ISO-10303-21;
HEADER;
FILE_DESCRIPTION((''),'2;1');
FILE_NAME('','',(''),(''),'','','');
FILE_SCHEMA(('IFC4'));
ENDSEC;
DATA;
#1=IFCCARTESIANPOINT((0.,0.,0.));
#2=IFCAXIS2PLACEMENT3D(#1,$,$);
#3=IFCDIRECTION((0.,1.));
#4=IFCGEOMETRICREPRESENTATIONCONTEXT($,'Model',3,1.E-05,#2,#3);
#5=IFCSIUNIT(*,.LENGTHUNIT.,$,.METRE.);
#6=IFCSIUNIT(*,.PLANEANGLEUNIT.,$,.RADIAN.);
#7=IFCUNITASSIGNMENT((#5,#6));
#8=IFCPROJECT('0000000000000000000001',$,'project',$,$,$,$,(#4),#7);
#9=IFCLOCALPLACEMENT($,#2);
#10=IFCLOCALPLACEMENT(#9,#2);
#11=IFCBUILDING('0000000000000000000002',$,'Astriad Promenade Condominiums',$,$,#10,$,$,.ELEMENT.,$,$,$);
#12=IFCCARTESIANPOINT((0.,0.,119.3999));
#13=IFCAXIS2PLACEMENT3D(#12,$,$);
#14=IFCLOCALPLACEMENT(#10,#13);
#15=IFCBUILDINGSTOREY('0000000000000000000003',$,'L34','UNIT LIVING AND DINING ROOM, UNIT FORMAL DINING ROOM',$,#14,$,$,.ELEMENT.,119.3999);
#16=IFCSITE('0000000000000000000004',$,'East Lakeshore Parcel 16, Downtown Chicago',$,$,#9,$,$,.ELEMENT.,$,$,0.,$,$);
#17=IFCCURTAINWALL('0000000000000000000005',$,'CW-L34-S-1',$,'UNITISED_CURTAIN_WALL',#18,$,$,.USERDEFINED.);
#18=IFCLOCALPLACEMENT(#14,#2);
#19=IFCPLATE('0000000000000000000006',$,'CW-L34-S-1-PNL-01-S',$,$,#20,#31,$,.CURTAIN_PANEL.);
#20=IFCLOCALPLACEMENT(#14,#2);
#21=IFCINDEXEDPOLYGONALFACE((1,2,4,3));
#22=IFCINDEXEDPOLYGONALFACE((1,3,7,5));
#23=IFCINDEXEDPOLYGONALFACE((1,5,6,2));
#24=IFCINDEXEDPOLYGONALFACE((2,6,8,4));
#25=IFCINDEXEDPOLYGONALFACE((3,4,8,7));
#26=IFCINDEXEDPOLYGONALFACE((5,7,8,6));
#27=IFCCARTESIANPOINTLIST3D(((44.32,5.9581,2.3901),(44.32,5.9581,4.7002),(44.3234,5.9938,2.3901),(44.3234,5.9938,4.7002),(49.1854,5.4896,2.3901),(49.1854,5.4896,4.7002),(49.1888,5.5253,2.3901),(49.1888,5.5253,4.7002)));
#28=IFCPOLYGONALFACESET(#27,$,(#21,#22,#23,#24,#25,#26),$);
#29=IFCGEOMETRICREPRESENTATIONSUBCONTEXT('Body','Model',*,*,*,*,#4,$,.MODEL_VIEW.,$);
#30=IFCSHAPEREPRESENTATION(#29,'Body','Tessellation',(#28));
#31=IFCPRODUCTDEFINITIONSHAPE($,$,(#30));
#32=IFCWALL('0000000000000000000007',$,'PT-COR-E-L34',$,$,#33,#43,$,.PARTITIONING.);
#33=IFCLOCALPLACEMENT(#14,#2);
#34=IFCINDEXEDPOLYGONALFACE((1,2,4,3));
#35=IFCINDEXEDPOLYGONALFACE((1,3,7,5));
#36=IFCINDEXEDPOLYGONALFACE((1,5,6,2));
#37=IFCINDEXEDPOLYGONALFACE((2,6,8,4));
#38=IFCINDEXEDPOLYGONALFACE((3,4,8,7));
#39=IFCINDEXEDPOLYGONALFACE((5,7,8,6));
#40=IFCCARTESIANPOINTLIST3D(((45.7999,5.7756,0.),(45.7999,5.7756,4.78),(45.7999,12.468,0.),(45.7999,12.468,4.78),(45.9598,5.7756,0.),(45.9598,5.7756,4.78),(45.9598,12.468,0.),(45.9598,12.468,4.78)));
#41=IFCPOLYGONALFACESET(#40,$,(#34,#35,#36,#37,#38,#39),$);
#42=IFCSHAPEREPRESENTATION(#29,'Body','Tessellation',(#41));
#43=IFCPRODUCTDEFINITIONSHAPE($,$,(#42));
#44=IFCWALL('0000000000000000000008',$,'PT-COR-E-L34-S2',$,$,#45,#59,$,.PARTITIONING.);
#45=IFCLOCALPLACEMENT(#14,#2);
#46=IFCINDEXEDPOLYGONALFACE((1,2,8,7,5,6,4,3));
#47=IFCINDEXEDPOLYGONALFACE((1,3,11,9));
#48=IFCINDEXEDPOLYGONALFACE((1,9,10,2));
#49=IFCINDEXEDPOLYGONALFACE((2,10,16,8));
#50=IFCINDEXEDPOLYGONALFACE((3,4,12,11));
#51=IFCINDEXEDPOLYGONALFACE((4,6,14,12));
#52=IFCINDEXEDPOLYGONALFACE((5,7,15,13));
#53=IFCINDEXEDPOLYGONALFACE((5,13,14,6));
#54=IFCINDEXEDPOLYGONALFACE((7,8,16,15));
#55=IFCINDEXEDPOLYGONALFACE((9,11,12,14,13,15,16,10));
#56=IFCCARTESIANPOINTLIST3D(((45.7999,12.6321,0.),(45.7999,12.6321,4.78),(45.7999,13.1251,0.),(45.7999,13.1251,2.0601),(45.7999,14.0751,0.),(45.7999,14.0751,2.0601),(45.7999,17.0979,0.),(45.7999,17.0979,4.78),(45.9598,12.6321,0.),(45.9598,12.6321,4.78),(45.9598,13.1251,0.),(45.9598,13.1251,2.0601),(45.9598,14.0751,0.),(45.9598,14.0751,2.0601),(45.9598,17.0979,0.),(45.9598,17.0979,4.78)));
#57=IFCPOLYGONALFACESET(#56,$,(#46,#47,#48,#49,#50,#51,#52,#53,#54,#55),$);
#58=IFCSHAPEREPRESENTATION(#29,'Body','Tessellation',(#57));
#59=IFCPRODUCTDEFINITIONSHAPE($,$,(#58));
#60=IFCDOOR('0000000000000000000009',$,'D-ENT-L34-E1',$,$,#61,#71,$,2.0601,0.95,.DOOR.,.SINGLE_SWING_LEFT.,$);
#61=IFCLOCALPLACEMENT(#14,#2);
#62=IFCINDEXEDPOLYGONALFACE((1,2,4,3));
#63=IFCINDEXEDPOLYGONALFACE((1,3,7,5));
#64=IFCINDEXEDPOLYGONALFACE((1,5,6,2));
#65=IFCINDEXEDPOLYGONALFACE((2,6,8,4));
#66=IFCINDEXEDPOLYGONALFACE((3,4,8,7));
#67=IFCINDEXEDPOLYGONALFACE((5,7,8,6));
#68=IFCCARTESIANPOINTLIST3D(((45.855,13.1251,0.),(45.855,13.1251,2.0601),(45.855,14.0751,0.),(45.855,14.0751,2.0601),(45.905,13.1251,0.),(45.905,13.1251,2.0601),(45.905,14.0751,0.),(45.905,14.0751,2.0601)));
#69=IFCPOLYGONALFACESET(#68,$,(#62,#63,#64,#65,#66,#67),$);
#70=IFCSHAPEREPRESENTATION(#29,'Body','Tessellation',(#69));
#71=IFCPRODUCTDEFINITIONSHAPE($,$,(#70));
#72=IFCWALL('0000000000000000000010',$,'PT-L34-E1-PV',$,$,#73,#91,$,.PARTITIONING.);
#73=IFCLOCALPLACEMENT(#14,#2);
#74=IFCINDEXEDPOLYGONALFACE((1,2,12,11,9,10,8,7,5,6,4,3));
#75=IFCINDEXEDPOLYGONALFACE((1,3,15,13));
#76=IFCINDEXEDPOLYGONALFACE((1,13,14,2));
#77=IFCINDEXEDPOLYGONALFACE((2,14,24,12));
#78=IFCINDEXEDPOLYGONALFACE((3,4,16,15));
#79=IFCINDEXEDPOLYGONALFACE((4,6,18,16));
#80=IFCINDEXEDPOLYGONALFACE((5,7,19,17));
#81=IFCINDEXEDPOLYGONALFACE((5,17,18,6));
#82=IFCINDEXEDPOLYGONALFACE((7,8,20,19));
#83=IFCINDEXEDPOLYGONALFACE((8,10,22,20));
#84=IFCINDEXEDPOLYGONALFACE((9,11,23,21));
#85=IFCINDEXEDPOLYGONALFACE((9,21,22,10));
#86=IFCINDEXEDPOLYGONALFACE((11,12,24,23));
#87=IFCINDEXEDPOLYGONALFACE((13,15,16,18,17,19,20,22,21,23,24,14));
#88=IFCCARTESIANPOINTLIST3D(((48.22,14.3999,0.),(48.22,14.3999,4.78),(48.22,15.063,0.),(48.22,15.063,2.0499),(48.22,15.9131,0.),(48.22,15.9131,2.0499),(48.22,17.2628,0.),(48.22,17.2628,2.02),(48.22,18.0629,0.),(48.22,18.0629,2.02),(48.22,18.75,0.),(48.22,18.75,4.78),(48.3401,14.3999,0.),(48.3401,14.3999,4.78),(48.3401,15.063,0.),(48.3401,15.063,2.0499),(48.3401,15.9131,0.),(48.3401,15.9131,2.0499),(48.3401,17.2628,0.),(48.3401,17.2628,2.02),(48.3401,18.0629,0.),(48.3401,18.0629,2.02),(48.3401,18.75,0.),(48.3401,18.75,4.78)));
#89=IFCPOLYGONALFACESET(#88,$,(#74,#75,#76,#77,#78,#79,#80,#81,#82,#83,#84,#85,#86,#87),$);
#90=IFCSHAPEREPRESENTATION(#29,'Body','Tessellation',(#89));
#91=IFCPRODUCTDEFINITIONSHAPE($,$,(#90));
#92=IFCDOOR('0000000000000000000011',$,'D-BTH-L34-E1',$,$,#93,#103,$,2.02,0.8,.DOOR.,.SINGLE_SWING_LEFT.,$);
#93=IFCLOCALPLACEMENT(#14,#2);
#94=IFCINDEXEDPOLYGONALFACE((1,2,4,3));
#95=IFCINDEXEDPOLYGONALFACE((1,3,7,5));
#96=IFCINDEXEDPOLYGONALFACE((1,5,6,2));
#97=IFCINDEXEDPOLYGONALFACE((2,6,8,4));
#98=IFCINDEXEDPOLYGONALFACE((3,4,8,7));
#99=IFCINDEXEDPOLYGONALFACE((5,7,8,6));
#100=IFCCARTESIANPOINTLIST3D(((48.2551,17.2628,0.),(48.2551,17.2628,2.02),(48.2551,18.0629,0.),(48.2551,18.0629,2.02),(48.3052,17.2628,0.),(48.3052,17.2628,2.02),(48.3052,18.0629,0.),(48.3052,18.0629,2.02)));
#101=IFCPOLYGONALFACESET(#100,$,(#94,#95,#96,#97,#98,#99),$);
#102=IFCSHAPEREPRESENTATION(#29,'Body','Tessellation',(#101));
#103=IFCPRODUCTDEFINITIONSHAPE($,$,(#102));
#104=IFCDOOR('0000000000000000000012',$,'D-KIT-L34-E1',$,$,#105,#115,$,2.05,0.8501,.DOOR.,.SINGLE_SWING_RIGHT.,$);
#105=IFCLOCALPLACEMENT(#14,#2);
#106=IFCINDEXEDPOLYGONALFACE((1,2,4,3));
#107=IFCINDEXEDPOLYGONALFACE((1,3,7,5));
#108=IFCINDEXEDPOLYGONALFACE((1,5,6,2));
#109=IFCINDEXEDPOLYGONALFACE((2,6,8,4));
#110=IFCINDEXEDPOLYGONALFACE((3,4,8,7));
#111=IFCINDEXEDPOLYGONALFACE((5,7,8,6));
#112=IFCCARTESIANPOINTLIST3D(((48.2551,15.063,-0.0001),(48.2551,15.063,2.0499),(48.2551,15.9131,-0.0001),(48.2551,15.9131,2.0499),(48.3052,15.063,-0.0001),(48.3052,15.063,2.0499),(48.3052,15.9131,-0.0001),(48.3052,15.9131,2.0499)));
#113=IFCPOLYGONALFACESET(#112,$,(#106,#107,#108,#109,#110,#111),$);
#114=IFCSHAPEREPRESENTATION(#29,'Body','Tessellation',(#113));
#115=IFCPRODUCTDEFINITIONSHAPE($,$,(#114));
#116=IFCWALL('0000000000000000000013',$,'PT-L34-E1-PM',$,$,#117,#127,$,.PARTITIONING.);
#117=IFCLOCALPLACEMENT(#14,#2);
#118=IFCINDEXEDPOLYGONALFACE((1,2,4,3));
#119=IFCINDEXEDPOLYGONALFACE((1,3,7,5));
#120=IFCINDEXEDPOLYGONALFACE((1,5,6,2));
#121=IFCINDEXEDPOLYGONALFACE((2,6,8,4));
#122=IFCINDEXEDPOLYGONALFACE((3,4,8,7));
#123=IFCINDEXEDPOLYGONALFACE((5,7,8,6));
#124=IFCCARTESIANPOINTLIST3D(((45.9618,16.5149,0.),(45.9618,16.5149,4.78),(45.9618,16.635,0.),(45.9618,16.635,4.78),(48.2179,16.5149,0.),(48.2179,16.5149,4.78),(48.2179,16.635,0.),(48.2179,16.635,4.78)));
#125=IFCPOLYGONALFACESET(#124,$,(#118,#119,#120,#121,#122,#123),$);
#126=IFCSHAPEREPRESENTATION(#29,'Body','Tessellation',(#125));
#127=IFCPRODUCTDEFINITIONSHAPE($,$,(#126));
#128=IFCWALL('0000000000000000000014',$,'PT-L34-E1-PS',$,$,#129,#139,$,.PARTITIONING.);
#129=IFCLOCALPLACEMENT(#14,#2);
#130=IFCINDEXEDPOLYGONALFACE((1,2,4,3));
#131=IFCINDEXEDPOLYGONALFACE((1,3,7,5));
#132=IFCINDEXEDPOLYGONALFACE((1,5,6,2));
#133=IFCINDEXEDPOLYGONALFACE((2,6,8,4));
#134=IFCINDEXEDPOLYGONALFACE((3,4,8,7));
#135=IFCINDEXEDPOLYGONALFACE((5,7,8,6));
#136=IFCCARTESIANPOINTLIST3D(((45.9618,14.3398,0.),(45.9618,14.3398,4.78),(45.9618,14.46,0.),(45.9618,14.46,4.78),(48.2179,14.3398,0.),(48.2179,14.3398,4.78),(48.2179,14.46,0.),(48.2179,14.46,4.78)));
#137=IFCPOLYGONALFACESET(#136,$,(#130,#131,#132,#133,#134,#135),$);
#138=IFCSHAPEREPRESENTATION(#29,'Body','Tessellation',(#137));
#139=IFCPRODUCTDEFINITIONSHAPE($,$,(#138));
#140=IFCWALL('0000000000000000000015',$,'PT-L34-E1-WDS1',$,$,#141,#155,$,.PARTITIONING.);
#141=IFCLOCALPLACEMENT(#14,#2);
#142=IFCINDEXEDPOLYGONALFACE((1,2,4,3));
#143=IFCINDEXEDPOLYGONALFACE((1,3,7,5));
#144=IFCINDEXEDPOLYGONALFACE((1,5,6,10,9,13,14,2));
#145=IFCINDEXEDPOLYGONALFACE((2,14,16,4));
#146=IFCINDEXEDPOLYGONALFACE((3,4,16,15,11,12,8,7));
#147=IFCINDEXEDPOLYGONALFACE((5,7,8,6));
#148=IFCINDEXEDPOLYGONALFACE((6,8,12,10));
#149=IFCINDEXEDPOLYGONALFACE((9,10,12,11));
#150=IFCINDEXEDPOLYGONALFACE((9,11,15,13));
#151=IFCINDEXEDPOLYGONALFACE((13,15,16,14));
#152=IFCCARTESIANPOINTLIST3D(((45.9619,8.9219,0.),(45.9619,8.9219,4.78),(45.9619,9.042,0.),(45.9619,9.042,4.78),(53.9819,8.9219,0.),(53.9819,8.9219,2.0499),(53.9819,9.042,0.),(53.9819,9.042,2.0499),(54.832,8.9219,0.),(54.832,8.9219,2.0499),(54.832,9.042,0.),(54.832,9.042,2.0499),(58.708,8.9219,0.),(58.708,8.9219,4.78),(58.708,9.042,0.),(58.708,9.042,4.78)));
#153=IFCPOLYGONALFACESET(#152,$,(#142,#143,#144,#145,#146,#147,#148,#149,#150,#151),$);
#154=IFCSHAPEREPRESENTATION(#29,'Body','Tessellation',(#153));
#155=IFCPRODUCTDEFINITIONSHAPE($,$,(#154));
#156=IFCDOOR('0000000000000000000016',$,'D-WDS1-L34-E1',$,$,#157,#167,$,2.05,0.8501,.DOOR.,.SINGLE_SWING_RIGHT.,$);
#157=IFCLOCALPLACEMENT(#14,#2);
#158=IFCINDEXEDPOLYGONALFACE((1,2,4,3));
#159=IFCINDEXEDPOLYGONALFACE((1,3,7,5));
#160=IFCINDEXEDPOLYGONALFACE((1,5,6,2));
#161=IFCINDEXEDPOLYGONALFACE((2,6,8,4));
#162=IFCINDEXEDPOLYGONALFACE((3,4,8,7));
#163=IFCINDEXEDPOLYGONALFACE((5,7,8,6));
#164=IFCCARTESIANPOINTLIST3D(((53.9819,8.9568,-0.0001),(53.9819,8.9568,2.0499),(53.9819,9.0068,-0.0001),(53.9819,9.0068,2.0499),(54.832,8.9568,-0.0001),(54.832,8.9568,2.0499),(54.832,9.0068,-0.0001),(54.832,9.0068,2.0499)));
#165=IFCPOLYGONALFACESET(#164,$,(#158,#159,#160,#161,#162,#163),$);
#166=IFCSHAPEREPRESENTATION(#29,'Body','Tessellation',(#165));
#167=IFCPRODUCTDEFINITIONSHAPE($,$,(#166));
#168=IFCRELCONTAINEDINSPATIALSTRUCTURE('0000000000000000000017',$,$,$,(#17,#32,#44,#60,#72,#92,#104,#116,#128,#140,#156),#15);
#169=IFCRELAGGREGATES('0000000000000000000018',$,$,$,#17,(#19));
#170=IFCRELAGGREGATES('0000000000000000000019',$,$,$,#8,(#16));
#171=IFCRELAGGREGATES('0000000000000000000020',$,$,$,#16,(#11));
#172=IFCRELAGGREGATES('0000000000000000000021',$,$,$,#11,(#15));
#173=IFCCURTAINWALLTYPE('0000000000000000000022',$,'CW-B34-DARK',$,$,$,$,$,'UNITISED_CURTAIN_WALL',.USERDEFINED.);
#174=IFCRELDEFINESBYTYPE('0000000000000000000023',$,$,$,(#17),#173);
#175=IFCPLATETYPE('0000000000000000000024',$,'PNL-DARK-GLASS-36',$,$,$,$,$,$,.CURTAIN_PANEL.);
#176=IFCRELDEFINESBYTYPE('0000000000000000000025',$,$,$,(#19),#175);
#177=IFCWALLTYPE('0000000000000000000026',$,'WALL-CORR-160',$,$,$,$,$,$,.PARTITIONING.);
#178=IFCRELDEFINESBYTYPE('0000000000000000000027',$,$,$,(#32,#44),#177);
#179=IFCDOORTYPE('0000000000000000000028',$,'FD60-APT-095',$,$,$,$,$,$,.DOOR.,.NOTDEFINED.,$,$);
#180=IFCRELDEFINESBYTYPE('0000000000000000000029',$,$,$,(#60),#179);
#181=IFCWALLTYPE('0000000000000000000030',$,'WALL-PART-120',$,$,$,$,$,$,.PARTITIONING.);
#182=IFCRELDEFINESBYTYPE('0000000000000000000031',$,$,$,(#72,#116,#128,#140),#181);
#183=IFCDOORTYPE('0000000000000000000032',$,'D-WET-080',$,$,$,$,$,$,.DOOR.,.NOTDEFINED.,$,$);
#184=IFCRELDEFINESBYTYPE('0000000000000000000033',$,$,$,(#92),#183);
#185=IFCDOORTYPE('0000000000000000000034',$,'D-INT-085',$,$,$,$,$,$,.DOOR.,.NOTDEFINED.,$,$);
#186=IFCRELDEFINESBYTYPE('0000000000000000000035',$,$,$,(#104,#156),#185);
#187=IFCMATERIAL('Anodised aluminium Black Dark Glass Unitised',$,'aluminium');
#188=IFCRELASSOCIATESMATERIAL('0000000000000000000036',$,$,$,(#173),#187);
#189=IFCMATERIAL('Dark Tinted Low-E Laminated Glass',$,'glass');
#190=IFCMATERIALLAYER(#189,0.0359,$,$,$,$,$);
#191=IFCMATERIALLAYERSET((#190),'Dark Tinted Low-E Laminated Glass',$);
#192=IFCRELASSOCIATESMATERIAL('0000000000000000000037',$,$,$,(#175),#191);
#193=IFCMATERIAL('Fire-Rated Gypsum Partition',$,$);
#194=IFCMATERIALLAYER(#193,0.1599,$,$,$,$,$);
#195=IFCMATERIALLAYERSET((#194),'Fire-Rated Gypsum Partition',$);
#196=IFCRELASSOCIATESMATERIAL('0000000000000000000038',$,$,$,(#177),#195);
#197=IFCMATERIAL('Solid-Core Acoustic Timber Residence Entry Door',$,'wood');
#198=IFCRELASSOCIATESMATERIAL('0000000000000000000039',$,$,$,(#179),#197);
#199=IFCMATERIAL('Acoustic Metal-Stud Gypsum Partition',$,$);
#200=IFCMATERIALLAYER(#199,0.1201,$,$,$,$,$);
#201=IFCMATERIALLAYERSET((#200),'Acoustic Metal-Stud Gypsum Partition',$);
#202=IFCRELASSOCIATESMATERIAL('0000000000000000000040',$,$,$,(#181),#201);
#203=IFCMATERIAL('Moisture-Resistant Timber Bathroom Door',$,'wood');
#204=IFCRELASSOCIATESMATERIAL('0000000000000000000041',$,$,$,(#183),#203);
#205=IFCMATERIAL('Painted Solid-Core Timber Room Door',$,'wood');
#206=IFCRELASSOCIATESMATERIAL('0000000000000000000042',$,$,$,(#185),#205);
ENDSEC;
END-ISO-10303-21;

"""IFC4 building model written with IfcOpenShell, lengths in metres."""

from ifc_helpers import new_model, si_unit, direction, frame, frame_2d, origin, origin_2d, place, context, subcontext, project, spatial, rectangle, extrude, source, transform, mapped, material, layer, layer_set, type_object, type_shapes, element, fill, aggregate, save


model = new_model("IFC4")

# Units and contexts
model_context = context("Model", 3, precision=1e-05, world=origin(), true_north=direction((0.0, 1.0)))
body_context = subcontext(model_context, "Body", "Model", "MODEL_VIEW")
ifc_project = project(units=[si_unit("LENGTHUNIT", "METRE"), si_unit("PLANEANGLEUNIT", "RADIAN")], contexts=[model_context])

# Site, building, storey
site_placement = place(None, origin())
site = spatial("IfcSite", under=ifc_project, at=site_placement, Name="East Lakeshore Parcel 16, Downtown Chicago", CompositionType="ELEMENT", RefElevation=0.0)
building_placement = place(site_placement, origin())
building = spatial("IfcBuilding", under=site, at=building_placement, Name="Astriad Promenade Condominiums", CompositionType="ELEMENT")
storey_placement = place(building_placement, frame((0.0, 0.0, 119.3999)))
storey = spatial("IfcBuildingStorey", under=building, at=storey_placement, Name="L34", Description="UNIT LIVING AND DINING ROOM, UNIT FORMAL DINING ROOM", CompositionType="ELEMENT", Elevation=119.3999)

# Curtain wall
ifc_material_1 = material(Name="Anodised aluminium Black Dark Glass Unitised", Category="aluminium")
curtain_wall_type = type_object("IfcCurtainWallType", Name="CW-B34-DARK", ElementType="UNITISED_CURTAIN_WALL", PredefinedType="USERDEFINED", material=ifc_material_1)
curtain_wall_placement = place(storey_placement, origin())
curtain_wall = element("IfcCurtainWall", 1, at=curtain_wall_placement, inside=storey, type_object=curtain_wall_type, Name="CW-L34-S-1", ObjectType="UNITISED_CURTAIN_WALL", PredefinedType="USERDEFINED")

# Plate
ifc_material_2 = material(Name="Dark Tinted Low-E Laminated Glass", Category="glass")
ifc_layer_1 = layer(ifc_material_2, 0.0359)
ifc_layer_set_1 = layer_set([ifc_layer_1], Name="Dark Tinted Low-E Laminated Glass")
plate_type_1 = type_object("IfcPlateType", Name="PNL-DARK-GLASS-36", PredefinedType="CURTAIN_PANEL", material=ifc_layer_set_1)
shared_shape_1 = source(origin(), body_context, "Body", "SweptSolid", [
    extrude(rectangle(XDim=4.8879, YDim=0.0359, at=origin_2d()), origin(), (0.0, 0.0, 1.0), 2.3101),
])
plate_1_placement = place(storey_placement, frame((46.7544, 5.7417, 2.3901), z_axis=(0.0, 0.0, 1.0), x_axis=(-0.995396, 0.095846, 0.0)))
plate_1 = element("IfcPlate", 2, at=plate_1_placement, type_object=plate_type_1, Name="CW-L34-S-1-PNL-01-S", PredefinedType="CURTAIN_PANEL", context=body_context, shape_type="MappedRepresentation", body=[
    mapped(shared_shape_1, transform((0.0, 0.0, 0.0), scale=1.0)),
])
aggregate(curtain_wall, [plate_1])

# Wall
ifc_material_3 = material(Name="Fire-Rated Gypsum Partition")
ifc_layer_2 = layer(ifc_material_3, 0.1599)
ifc_layer_set_2 = layer_set([ifc_layer_2], Name="Fire-Rated Gypsum Partition")
wall_type_1 = type_object("IfcWallType", Name="WALL-CORR-160", PredefinedType="PARTITIONING", material=ifc_layer_set_2)
wall_1_placement = place(storey_placement, frame((45.8799, 5.7756, 0.0), z_axis=(0.0, 0.0, 1.0), x_axis=(0.0, 1.0, 0.0)))
element("IfcWall", 3, at=wall_1_placement, inside=storey, type_object=wall_type_1, Name="PT-COR-E-L34", PredefinedType="PARTITIONING", context=body_context, shape_type="SweptSolid", body=[
    extrude(rectangle(XDim=6.6924, YDim=0.1599, at=frame_2d((3.3462, 0.0))), origin(), (0.0, 0.0, 1.0), 4.78),
])

# Wall, opening, door
wall_2_placement = place(storey_placement, frame((45.8799, 12.6321, 0.0), z_axis=(0.0, 0.0, 1.0), x_axis=(0.0, 1.0, 0.0)))
wall_2 = element("IfcWall", 4, at=wall_2_placement, inside=storey, type_object=wall_type_1, Name="PT-COR-E-L34-S2", PredefinedType="PARTITIONING", context=body_context, shape_type="SweptSolid", body=[
    extrude(rectangle(XDim=4.4658, YDim=0.1599, at=frame_2d((2.2329, 0.0))), origin(), (0.0, 0.0, 1.0), 4.78),
])
opening_1_placement = place(wall_2_placement, frame((0.4929, 0.0, 0.0)))
opening_1 = element("IfcOpeningElement", 5, at=opening_1_placement, cuts=wall_2, PredefinedType="OPENING", context=body_context, shape_type="SweptSolid", body=[
    extrude(rectangle(XDim=0.95, YDim=2.0601, at=frame_2d((0.4751, 1.03))), frame((0.0, 0.0898, 0.0), z_axis=(0.0, -1.0, 0.0), x_axis=(1.0, 0.0, 0.0)), (0.0, 0.0, 1.0), 0.1799),
])
ifc_material_4 = material(Name="Solid-Core Acoustic Timber Residence Entry Door", Category="wood")
door_type_1 = type_object("IfcDoorType", Name="FD60-APT-095", OperationType="NOTDEFINED", PredefinedType="DOOR", material=ifc_material_4)
shared_shape_2 = source(origin(), body_context, "Body", "SweptSolid", [
    extrude(rectangle(XDim=0.95, YDim=2.0601, at=frame_2d((0.4751, 1.03))), frame((0.0, 0.0249, 0.0), z_axis=(0.0, -1.0, 0.0), x_axis=(1.0, 0.0, 0.0)), (0.0, 0.0, 1.0), 0.05),
])
type_shapes(door_type_1, [shared_shape_2])
door_1_placement = place(opening_1_placement, origin())
door_1 = element("IfcDoor", 6, at=door_1_placement, inside=storey, type_object=door_type_1, Name="D-ENT-L34-E1", OperationType="SINGLE_SWING_LEFT", OverallHeight=2.0601, OverallWidth=0.95, PredefinedType="DOOR", context=body_context, shape_type="MappedRepresentation", body=[
    mapped(shared_shape_2, transform((0.0, 0.0, 0.0), scale=1.0)),
])
fill(opening_1, door_1)

# Wall, openings, doors
ifc_material_5 = material(Name="Acoustic Metal-Stud Gypsum Partition")
ifc_layer_3 = layer(ifc_material_5, 0.1201)
ifc_layer_set_3 = layer_set([ifc_layer_3], Name="Acoustic Metal-Stud Gypsum Partition")
wall_type_2 = type_object("IfcWallType", Name="WALL-PART-120", PredefinedType="PARTITIONING", material=ifc_layer_set_3)
wall_3_placement = place(storey_placement, frame((48.28, 14.3999, 0.0), z_axis=(0.0, 0.0, 1.0), x_axis=(0.0, 1.0, 0.0)))
wall_3 = element("IfcWall", 7, at=wall_3_placement, inside=storey, type_object=wall_type_2, Name="PT-L34-E1-PV", PredefinedType="PARTITIONING", context=body_context, shape_type="SweptSolid", body=[
    extrude(rectangle(XDim=4.3501, YDim=0.1201, at=frame_2d((2.175, 0.0))), origin(), (0.0, 0.0, 1.0), 4.78),
])
opening_2_placement = place(wall_3_placement, frame((0.6631, 0.0, 0.0)))
opening_2 = element("IfcOpeningElement", 8, at=opening_2_placement, cuts=wall_3, PredefinedType="OPENING", context=body_context, shape_type="SweptSolid", body=[
    extrude(rectangle(XDim=0.8501, YDim=2.05, at=frame_2d((0.425, 1.0249))), frame((0.0, 0.0701, 0.0), z_axis=(0.0, -1.0, 0.0), x_axis=(1.0, 0.0, 0.0)), (0.0, 0.0, 1.0), 0.1401),
])
opening_3_placement = place(wall_3_placement, frame((2.863, 0.0, 0.0)))
opening_3 = element("IfcOpeningElement", 9, at=opening_3_placement, cuts=wall_3, PredefinedType="OPENING", context=body_context, shape_type="SweptSolid", body=[
    extrude(rectangle(XDim=0.8, YDim=2.02, at=frame_2d((0.3999, 1.01))), frame((0.0, 0.0701, 0.0), z_axis=(0.0, -1.0, 0.0), x_axis=(1.0, 0.0, 0.0)), (0.0, 0.0, 1.0), 0.1401),
])
ifc_material_6 = material(Name="Moisture-Resistant Timber Bathroom Door", Category="wood")
door_type_2 = type_object("IfcDoorType", Name="D-WET-080", OperationType="NOTDEFINED", PredefinedType="DOOR", material=ifc_material_6)
shared_shape_3 = source(origin(), body_context, "Body", "SweptSolid", [
    extrude(rectangle(XDim=0.8, YDim=2.02, at=frame_2d((0.3999, 1.01))), frame((0.0, 0.0249, 0.0), z_axis=(0.0, -1.0, 0.0), x_axis=(1.0, 0.0, 0.0)), (0.0, 0.0, 1.0), 0.05),
])
type_shapes(door_type_2, [shared_shape_3])
door_2_placement = place(opening_3_placement, origin())
door_2 = element("IfcDoor", 10, at=door_2_placement, inside=storey, type_object=door_type_2, Name="D-BTH-L34-E1", OperationType="SINGLE_SWING_LEFT", OverallHeight=2.02, OverallWidth=0.8, PredefinedType="DOOR", context=body_context, shape_type="MappedRepresentation", body=[
    mapped(shared_shape_3, transform((0.0, 0.0, 0.0), scale=1.0)),
])
fill(opening_3, door_2)
ifc_material_7 = material(Name="Painted Solid-Core Timber Room Door", Category="wood")
door_type_3 = type_object("IfcDoorType", Name="D-INT-085", OperationType="NOTDEFINED", PredefinedType="DOOR", material=ifc_material_7)
shared_shape_4 = source(origin(), body_context, "Body", "SweptSolid", [
    extrude(rectangle(XDim=0.8501, YDim=2.05, at=frame_2d((0.425, 1.0249))), frame((0.0, 0.0249, 0.0), z_axis=(0.0, -1.0, 0.0), x_axis=(1.0, 0.0, 0.0)), (0.0, 0.0, 1.0), 0.05),
])
type_shapes(door_type_3, [shared_shape_4])
door_3_placement = place(opening_2_placement, origin())
door_3 = element("IfcDoor", 11, at=door_3_placement, inside=storey, type_object=door_type_3, Name="D-KIT-L34-E1", OperationType="SINGLE_SWING_RIGHT", OverallHeight=2.05, OverallWidth=0.8501, PredefinedType="DOOR", context=body_context, shape_type="MappedRepresentation", body=[
    mapped(shared_shape_4, transform((0.0, 0.0, 0.0), scale=1.0)),
])
fill(opening_2, door_3)

# Walls
for number, where, z_axis, x_axis, name in (
    (12, (45.9619, 16.575, 0.0), (0.0, 0.0, 1.0), (1.0, 0.0, 0.0), "PT-L34-E1-PM"),
    (13, (45.9619, 14.3999, 0.0), (0.0, 0.0, 1.0), (1.0, 0.0, 0.0), "PT-L34-E1-PS"),
):
    element("IfcWall", number, at=place(storey_placement, frame(where, z_axis=z_axis, x_axis=x_axis)), inside=storey, type_object=wall_type_2, Name=name, PredefinedType="PARTITIONING", context=body_context, shape_type="SweptSolid", body=[
        extrude(rectangle(XDim=2.2561, YDim=0.1201, at=frame_2d((1.1279, 0.0))), origin(), (0.0, 0.0, 1.0), 4.78),
    ])

# Wall, opening, door
wall_4_placement = place(storey_placement, frame((45.9619, 8.9819, 0.0), z_axis=(0.0, 0.0, 1.0), x_axis=(1.0, 0.0, 0.0)))
wall_4 = element("IfcWall", 14, at=wall_4_placement, inside=storey, type_object=wall_type_2, Name="PT-L34-E1-WDS1", PredefinedType="PARTITIONING", context=body_context, shape_type="SweptSolid", body=[
    extrude(rectangle(XDim=12.7461, YDim=0.1201, at=frame_2d((6.373, 0.0))), origin(), (0.0, 0.0, 1.0), 4.78),
])
opening_4_placement = place(wall_4_placement, frame((8.02, 0.0, 0.0)))
opening_4 = element("IfcOpeningElement", 15, at=opening_4_placement, cuts=wall_4, PredefinedType="OPENING", context=body_context, shape_type="SweptSolid", body=[
    extrude(rectangle(XDim=0.8501, YDim=2.05, at=frame_2d((0.425, 1.0249))), frame((0.0, 0.0701, 0.0), z_axis=(0.0, -1.0, 0.0), x_axis=(1.0, 0.0, 0.0)), (0.0, 0.0, 1.0), 0.1401),
])
door_4_placement = place(opening_4_placement, origin())
door_4 = element("IfcDoor", 16, at=door_4_placement, inside=storey, type_object=door_type_3, Name="D-WDS1-L34-E1", OperationType="SINGLE_SWING_RIGHT", OverallHeight=2.05, OverallWidth=0.8501, PredefinedType="DOOR", context=body_context, shape_type="MappedRepresentation", body=[
    mapped(shared_shape_4, transform((0.0, 0.0, 0.0), scale=1.0)),
])
fill(opening_4, door_4)

save(model, "model.ifc")
